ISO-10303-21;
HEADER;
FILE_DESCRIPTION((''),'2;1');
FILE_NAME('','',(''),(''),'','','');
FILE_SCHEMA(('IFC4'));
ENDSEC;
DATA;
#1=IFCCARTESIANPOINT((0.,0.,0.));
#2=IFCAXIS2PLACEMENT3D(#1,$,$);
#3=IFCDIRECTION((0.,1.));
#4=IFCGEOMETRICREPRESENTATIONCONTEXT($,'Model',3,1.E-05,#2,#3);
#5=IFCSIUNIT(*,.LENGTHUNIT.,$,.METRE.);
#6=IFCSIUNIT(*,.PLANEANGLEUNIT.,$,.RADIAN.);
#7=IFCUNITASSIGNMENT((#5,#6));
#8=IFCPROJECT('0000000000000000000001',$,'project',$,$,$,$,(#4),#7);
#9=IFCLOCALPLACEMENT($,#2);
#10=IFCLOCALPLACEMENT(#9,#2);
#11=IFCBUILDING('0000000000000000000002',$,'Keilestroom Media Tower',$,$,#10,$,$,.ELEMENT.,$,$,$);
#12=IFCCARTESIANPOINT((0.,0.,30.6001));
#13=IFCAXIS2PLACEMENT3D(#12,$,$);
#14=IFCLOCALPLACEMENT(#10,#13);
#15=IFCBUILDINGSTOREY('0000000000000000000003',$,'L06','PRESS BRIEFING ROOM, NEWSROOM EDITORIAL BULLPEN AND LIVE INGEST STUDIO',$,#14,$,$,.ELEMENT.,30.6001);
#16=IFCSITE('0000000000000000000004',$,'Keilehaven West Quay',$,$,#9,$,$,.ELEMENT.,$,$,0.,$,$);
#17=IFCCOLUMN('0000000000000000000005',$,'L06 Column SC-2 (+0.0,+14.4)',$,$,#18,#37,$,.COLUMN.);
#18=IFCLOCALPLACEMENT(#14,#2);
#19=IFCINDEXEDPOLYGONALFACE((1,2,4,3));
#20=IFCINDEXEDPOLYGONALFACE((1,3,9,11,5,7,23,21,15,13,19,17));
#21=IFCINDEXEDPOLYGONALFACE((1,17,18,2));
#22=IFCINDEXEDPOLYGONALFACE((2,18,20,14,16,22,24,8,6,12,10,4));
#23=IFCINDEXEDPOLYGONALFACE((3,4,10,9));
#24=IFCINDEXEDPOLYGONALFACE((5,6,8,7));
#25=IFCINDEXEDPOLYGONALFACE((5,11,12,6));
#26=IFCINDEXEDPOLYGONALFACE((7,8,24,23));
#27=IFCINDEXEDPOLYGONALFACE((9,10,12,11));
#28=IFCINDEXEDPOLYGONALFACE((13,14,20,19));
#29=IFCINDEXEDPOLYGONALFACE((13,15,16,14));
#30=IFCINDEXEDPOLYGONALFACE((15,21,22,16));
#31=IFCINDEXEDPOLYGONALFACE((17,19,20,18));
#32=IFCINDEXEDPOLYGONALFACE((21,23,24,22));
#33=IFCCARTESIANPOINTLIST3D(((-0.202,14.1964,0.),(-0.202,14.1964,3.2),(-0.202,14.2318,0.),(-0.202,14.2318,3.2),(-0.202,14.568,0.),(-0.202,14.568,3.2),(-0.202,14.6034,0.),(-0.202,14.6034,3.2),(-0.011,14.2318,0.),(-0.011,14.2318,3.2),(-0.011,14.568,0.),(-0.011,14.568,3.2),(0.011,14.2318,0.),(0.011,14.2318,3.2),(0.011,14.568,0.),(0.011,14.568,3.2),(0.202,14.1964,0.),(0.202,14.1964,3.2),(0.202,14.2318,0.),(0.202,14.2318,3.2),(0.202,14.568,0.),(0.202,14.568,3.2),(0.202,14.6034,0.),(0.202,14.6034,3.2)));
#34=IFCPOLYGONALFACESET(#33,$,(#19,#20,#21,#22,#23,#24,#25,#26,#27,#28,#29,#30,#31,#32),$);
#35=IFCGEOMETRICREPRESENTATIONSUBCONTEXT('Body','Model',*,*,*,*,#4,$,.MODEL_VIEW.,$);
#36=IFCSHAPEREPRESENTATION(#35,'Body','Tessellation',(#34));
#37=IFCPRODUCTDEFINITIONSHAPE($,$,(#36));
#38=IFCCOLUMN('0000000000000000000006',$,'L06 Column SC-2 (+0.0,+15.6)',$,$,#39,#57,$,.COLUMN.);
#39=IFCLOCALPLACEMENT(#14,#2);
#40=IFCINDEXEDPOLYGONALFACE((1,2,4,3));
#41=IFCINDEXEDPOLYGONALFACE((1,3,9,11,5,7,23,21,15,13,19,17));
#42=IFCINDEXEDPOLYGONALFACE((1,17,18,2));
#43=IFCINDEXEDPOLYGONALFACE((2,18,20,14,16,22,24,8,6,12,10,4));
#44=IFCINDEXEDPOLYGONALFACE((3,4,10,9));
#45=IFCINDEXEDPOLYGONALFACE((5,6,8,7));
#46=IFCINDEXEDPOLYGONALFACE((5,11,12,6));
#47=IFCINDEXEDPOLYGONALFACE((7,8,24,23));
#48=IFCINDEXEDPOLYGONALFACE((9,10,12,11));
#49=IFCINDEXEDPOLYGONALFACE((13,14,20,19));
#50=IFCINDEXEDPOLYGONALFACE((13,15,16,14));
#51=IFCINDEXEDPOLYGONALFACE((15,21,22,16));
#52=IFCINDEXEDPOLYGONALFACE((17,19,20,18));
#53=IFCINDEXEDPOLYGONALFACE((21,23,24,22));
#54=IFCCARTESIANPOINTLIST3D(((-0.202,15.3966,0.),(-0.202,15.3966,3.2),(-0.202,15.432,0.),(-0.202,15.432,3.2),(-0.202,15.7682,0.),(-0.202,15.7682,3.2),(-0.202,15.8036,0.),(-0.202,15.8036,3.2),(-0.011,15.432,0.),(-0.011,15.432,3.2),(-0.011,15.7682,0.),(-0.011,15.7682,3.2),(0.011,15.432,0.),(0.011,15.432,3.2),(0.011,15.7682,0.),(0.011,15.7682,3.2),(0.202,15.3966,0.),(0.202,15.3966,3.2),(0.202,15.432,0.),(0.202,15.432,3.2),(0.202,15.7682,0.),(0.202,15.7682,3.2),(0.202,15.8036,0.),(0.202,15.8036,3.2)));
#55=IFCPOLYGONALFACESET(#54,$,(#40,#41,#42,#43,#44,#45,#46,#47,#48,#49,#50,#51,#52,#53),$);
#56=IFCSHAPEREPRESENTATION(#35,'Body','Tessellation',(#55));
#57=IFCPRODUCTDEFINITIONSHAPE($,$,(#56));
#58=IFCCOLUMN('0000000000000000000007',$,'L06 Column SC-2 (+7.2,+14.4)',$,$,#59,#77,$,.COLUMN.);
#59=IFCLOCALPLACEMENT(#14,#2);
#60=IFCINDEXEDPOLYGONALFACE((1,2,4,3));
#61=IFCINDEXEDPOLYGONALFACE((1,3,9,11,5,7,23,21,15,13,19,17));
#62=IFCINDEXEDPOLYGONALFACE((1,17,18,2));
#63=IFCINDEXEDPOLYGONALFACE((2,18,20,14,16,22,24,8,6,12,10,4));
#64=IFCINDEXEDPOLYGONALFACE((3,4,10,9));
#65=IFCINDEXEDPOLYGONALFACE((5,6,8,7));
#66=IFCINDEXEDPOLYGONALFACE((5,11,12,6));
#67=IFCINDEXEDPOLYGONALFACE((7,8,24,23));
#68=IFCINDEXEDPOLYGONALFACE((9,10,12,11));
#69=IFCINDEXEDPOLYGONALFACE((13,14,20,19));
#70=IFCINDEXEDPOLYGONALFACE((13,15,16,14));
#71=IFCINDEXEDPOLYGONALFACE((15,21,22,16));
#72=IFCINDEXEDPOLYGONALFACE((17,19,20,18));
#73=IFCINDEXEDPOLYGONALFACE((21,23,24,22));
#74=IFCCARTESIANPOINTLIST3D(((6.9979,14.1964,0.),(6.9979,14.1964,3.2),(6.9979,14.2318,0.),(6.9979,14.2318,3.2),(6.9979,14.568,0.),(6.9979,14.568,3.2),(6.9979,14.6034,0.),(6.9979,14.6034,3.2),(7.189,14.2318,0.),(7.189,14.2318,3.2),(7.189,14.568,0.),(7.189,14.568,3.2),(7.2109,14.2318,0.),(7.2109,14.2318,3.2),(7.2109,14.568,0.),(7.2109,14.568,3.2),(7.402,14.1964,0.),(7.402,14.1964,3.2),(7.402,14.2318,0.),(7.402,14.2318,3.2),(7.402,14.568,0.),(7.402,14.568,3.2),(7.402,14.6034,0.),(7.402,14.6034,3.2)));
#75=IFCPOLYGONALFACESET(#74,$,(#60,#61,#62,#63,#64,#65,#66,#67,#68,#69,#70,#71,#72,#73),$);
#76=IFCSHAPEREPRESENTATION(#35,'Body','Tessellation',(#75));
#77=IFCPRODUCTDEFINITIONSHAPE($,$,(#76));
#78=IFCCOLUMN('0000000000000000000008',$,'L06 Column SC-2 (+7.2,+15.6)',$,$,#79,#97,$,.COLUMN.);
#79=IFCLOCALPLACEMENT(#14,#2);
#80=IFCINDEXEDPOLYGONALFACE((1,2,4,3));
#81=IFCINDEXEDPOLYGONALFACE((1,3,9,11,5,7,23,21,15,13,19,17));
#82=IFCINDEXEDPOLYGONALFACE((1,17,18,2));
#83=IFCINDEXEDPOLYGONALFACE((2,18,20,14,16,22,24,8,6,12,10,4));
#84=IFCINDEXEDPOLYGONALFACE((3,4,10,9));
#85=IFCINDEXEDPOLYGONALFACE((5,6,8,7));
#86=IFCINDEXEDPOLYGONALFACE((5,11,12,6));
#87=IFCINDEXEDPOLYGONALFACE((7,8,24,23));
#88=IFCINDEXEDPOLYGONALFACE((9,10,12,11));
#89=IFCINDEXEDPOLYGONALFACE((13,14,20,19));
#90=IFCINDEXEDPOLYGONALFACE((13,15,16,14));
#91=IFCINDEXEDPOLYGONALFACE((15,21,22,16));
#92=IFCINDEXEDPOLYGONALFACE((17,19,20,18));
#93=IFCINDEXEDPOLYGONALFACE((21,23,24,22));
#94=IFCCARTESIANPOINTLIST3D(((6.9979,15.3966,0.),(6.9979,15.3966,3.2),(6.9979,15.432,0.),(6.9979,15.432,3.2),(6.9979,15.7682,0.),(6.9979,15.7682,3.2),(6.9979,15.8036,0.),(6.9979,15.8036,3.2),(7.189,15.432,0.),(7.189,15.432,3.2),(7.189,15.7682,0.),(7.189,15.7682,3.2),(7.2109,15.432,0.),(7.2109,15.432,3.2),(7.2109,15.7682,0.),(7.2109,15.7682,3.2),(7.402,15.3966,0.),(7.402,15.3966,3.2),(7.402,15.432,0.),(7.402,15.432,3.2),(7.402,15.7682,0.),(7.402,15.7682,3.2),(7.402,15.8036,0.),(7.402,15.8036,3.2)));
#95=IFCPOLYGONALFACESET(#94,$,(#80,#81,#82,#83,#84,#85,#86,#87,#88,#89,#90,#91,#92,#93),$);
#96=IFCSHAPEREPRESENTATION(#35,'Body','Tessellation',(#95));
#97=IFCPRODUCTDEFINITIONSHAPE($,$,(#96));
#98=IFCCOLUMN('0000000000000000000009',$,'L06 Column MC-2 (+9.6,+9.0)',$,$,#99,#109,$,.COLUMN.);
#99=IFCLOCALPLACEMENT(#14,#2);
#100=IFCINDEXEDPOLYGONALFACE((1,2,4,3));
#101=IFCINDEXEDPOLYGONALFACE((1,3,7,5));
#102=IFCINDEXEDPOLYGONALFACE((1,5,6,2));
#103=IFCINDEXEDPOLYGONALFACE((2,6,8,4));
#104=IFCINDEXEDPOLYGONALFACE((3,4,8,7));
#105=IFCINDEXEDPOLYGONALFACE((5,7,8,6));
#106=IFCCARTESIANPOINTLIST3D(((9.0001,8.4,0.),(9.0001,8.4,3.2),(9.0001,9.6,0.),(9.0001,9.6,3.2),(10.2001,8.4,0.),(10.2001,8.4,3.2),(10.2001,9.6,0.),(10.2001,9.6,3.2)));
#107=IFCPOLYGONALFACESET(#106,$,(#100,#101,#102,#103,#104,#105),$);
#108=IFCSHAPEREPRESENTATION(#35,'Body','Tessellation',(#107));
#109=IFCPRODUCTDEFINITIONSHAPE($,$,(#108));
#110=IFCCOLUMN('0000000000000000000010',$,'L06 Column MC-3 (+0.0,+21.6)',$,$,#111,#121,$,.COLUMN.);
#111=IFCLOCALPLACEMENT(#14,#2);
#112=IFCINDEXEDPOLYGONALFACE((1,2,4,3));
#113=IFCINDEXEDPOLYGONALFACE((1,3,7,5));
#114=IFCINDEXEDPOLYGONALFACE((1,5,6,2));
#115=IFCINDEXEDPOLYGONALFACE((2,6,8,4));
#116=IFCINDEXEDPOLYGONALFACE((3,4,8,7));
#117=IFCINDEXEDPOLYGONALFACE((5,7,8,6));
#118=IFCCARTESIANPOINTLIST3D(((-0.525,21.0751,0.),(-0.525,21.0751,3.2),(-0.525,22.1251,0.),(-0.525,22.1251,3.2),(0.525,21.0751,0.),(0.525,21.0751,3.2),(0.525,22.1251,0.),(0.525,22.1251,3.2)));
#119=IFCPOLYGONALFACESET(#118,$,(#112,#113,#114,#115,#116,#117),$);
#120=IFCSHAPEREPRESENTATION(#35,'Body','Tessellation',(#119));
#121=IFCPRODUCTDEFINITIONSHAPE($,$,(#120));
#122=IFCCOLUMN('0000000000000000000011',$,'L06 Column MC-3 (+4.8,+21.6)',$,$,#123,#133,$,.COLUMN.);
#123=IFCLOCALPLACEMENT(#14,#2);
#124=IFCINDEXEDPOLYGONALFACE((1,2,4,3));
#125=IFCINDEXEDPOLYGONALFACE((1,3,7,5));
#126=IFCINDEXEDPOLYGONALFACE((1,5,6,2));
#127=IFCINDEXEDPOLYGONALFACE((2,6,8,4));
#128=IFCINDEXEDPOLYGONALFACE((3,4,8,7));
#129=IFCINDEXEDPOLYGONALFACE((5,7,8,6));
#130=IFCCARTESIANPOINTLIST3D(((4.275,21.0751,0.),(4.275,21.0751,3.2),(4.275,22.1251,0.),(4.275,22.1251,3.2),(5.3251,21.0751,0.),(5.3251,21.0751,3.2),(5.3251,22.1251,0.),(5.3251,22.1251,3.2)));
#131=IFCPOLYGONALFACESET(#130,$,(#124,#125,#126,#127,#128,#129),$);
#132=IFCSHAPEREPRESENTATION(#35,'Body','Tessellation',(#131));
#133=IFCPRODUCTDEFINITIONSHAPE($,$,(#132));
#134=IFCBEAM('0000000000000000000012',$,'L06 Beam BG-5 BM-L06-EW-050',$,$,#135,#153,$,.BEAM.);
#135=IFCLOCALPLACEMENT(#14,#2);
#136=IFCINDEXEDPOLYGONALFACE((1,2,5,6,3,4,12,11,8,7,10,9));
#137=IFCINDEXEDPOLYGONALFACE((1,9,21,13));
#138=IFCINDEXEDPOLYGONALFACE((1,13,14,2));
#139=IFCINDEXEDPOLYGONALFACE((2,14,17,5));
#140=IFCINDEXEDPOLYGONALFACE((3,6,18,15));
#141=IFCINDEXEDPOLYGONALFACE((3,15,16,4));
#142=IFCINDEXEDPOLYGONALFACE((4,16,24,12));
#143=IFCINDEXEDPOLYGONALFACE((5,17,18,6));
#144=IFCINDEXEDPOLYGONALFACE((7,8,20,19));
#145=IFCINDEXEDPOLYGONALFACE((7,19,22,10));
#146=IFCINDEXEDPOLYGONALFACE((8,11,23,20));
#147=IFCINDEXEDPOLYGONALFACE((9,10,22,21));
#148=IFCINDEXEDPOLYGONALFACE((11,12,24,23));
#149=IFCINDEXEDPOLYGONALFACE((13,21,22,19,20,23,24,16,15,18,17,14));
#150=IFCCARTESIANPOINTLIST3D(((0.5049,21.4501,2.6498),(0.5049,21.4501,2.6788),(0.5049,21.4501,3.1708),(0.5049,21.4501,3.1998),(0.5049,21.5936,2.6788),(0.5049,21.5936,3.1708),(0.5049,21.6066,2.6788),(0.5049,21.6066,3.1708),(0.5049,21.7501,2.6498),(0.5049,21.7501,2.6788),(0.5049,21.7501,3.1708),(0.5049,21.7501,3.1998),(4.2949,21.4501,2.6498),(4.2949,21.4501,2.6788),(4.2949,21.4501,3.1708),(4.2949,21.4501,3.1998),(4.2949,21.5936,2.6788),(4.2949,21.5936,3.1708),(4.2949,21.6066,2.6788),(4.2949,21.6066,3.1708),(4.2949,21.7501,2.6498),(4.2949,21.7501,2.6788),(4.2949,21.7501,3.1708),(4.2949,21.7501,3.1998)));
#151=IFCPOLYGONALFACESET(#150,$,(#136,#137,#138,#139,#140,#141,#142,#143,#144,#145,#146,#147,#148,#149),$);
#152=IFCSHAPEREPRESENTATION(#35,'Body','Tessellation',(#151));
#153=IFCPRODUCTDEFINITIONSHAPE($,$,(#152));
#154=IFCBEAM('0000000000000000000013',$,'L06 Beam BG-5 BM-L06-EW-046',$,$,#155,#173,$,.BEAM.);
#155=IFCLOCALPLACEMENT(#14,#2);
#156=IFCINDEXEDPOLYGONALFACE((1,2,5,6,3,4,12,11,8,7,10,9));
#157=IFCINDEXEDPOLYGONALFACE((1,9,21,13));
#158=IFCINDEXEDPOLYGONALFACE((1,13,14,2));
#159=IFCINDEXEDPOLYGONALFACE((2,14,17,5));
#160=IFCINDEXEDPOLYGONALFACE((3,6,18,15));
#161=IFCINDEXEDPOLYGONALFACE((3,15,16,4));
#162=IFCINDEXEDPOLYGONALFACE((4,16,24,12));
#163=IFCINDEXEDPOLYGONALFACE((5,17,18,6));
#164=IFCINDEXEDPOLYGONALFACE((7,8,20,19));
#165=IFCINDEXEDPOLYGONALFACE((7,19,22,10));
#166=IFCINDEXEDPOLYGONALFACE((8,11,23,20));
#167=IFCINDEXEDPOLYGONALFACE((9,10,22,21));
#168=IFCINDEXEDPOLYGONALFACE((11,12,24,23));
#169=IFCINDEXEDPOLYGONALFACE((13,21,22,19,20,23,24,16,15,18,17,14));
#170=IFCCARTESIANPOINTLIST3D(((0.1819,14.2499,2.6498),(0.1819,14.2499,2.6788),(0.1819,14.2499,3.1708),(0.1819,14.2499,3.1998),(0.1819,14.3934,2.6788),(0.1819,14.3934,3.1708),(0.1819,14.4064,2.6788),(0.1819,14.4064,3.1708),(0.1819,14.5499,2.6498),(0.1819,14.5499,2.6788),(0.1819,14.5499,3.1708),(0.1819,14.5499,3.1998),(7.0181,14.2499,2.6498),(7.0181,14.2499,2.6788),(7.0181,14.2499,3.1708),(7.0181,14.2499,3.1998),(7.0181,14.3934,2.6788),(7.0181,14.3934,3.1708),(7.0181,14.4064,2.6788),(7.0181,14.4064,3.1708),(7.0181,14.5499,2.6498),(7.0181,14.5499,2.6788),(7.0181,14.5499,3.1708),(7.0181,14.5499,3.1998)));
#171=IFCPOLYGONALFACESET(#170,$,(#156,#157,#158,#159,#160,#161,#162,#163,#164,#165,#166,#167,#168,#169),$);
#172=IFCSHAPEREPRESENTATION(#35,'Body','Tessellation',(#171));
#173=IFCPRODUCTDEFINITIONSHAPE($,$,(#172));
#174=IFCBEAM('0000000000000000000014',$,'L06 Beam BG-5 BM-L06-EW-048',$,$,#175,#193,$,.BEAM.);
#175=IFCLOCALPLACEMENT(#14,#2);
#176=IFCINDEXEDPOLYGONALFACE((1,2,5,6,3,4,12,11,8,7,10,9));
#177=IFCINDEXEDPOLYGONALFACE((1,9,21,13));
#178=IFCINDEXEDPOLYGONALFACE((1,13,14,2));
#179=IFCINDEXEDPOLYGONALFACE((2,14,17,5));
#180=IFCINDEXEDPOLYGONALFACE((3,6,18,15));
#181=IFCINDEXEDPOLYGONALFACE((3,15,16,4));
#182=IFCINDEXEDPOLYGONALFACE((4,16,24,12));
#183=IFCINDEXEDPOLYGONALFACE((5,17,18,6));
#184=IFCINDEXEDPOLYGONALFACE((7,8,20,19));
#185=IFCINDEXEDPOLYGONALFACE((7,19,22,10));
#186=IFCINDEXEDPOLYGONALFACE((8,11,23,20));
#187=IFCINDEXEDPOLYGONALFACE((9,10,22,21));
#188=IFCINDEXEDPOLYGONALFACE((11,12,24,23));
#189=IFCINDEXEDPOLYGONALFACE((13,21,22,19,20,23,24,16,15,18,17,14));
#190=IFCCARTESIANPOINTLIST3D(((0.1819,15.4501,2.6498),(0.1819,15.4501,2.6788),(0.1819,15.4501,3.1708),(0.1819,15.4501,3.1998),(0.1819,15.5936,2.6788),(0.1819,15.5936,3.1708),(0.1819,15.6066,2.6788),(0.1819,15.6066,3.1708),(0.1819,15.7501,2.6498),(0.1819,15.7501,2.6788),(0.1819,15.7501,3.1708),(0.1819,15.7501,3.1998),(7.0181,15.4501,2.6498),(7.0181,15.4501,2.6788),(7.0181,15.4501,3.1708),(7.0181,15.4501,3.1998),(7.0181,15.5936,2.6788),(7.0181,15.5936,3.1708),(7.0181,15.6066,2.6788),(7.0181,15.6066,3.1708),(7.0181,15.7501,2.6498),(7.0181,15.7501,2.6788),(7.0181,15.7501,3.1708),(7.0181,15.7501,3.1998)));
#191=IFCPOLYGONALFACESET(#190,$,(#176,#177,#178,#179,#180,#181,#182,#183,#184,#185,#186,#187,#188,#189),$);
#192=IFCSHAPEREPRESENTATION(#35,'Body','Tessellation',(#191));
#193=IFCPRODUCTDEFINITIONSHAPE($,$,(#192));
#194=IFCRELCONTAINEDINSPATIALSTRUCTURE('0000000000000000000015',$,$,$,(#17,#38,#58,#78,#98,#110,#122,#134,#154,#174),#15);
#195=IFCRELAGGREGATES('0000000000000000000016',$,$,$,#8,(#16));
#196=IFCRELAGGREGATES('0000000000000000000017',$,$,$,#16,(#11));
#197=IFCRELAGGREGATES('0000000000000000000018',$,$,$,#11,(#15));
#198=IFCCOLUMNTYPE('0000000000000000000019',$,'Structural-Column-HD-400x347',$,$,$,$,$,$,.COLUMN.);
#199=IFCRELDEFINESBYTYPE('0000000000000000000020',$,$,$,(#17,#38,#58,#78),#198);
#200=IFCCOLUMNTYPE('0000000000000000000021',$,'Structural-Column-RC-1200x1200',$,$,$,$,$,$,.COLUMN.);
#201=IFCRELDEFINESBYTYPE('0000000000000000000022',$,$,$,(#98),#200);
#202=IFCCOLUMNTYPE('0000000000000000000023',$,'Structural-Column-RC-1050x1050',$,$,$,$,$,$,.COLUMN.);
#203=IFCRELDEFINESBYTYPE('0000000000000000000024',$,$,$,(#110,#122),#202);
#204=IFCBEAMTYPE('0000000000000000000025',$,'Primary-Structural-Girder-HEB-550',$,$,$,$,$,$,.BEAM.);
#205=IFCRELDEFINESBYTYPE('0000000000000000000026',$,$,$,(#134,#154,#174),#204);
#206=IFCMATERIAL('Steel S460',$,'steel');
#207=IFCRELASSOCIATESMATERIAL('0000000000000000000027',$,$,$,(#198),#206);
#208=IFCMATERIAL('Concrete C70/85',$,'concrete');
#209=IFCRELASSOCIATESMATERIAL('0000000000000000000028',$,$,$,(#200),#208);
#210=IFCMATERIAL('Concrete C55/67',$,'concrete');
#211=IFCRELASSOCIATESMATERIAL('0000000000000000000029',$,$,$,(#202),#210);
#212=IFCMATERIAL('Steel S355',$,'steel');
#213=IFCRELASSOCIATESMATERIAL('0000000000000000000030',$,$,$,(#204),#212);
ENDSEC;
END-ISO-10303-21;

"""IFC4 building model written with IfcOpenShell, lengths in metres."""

from ifc_helpers import new_model, si_unit, direction, frame, origin, origin_2d, place, context, subcontext, project, spatial, rectangle, i_section, extrude, source, transform, mapped, material, material_profile, profile_set, type_object, element, save


model = new_model("IFC4")

# Units and contexts
model_context = context("Model", 3, precision=1e-05, world=origin(), true_north=direction((0.0, 1.0)))
body_context = subcontext(model_context, "Body", "Model", "MODEL_VIEW")
ifc_project = project(units=[si_unit("LENGTHUNIT", "METRE"), si_unit("PLANEANGLEUNIT", "RADIAN")], contexts=[model_context])

# Site, building, storey
site_placement = place(None, origin())
site = spatial("IfcSite", under=ifc_project, at=site_placement, Name="Keilehaven West Quay", CompositionType="ELEMENT", RefElevation=0.0)
building_placement = place(site_placement, origin())
building = spatial("IfcBuilding", under=site, at=building_placement, Name="Keilestroom Media Tower", CompositionType="ELEMENT")
storey_placement = place(building_placement, frame((0.0, 0.0, 30.6001)))
storey = spatial("IfcBuildingStorey", under=building, at=storey_placement, Name="L06", Description="PRESS BRIEFING ROOM, NEWSROOM EDITORIAL BULLPEN AND LIVE INGEST STUDIO", CompositionType="ELEMENT", Elevation=30.6001)

# Columns
ifc_material_1 = material(Name="Steel S460", Category="steel")
ifc_material_profile_1 = material_profile(ifc_material_1, i_section(OverallWidth=0.4041, OverallDepth=0.407, WebThickness=0.022, FlangeThickness=0.0354, at=origin_2d()), Name="HD 400x347")
ifc_profile_set_1 = profile_set([ifc_material_profile_1], Name="Steel S460")
column_type_1 = type_object("IfcColumnType", Name="Structural-Column-HD-400x347", PredefinedType="COLUMN", material=ifc_profile_set_1)
shared_shape_1 = source(origin(), body_context, "Body", "SweptSolid", [
    extrude(i_section(OverallWidth=0.4041, OverallDepth=0.407, WebThickness=0.022, FlangeThickness=0.0354, at=origin_2d()), origin(), (0.0, 0.0, 1.0), 3.2),
])
for number, where, z_axis, x_axis, name in (
    (1, (0.0, 14.3999, 0.0), (0.0, 0.0, 1.0), (1.0, 0.0, 0.0), "L06 Column SC-2 (+0.0,+14.4)"),
    (2, (0.0, 15.6001, 0.0), (0.0, 0.0, 1.0), (1.0, 0.0, 0.0), "L06 Column SC-2 (+0.0,+15.6)"),
    (3, (7.2, 14.3999, 0.0), (0.0, 0.0, 1.0), (1.0, 0.0, 0.0), "L06 Column SC-2 (+7.2,+14.4)"),
    (4, (7.2, 15.6001, 0.0), (0.0, 0.0, 1.0), (1.0, 0.0, 0.0), "L06 Column SC-2 (+7.2,+15.6)"),
):
    element("IfcColumn", number, at=place(storey_placement, frame(where, z_axis=z_axis, x_axis=x_axis)), inside=storey, type_object=column_type_1, Name=name, PredefinedType="COLUMN", context=body_context, shape_type="MappedRepresentation", body=[
        mapped(shared_shape_1, transform((0.0, 0.0, 0.0), x_axis=(1.0, 0.0, 0.0), y_axis=(0.0, 1.0, 0.0), z_axis=(0.0, 0.0, 1.0), scale=1.0)),
    ])
ifc_material_2 = material(Name="Concrete C70/85", Category="concrete")
ifc_material_profile_2 = material_profile(ifc_material_2, rectangle(XDim=1.2, YDim=1.2, at=origin_2d()), Name="RC 1200x1200")
ifc_profile_set_2 = profile_set([ifc_material_profile_2], Name="Concrete C70/85")
column_type_2 = type_object("IfcColumnType", Name="Structural-Column-RC-1200x1200", PredefinedType="COLUMN", material=ifc_profile_set_2)
shared_shape_2 = source(origin(), body_context, "Body", "SweptSolid", [
    extrude(rectangle(XDim=1.2, YDim=1.2, at=origin_2d()), origin(), (0.0, 0.0, 1.0), 3.2),
])
column_placement = place(storey_placement, frame((9.6001, 9.0, 0.0), z_axis=(0.0, 0.0, 1.0), x_axis=(1.0, 0.0, 0.0)))
element("IfcColumn", 5, at=column_placement, inside=storey, type_object=column_type_2, Name="L06 Column MC-2 (+9.6,+9.0)", PredefinedType="COLUMN", context=body_context, shape_type="MappedRepresentation", body=[
    mapped(shared_shape_2, transform((0.0, 0.0, 0.0), x_axis=(1.0, 0.0, 0.0), y_axis=(0.0, 1.0, 0.0), z_axis=(0.0, 0.0, 1.0), scale=1.0)),
])
ifc_material_3 = material(Name="Concrete C55/67", Category="concrete")
ifc_material_profile_3 = material_profile(ifc_material_3, rectangle(XDim=1.05, YDim=1.05, at=origin_2d()), Name="RC 1050x1050")
ifc_profile_set_3 = profile_set([ifc_material_profile_3], Name="Concrete C55/67")
column_type_3 = type_object("IfcColumnType", Name="Structural-Column-RC-1050x1050", PredefinedType="COLUMN", material=ifc_profile_set_3)
shared_shape_3 = source(origin(), body_context, "Body", "SweptSolid", [
    extrude(rectangle(XDim=1.05, YDim=1.05, at=origin_2d()), origin(), (0.0, 0.0, 1.0), 3.2),
])
for number, where, z_axis, x_axis, name in (
    (6, (0.0, 21.6001, 0.0), (0.0, 0.0, 1.0), (1.0, 0.0, 0.0), "L06 Column MC-3 (+0.0,+21.6)"),
    (7, (4.8, 21.6001, 0.0), (0.0, 0.0, 1.0), (1.0, 0.0, 0.0), "L06 Column MC-3 (+4.8,+21.6)"),
):
    element("IfcColumn", number, at=place(storey_placement, frame(where, z_axis=z_axis, x_axis=x_axis)), inside=storey, type_object=column_type_3, Name=name, PredefinedType="COLUMN", context=body_context, shape_type="MappedRepresentation", body=[
        mapped(shared_shape_3, transform((0.0, 0.0, 0.0), x_axis=(1.0, 0.0, 0.0), y_axis=(0.0, 1.0, 0.0), z_axis=(0.0, 0.0, 1.0), scale=1.0)),
    ])

# Beams
ifc_material_4 = material(Name="Steel S355", Category="steel")
ifc_material_profile_4 = material_profile(ifc_material_4, i_section(OverallWidth=0.3, OverallDepth=0.55, WebThickness=0.0129, FlangeThickness=0.0291, at=origin_2d()), Name="HEB 550")
ifc_profile_set_4 = profile_set([ifc_material_profile_4], Name="Steel S355")
beam_type_1 = type_object("IfcBeamType", Name="Primary-Structural-Girder-HEB-550", PredefinedType="BEAM", material=ifc_profile_set_4)
shared_shape_4 = source(origin(), body_context, "Body", "SweptSolid", [
    extrude(i_section(OverallWidth=0.3, OverallDepth=0.55, WebThickness=0.0129, FlangeThickness=0.0291, at=origin_2d()), origin(), (0.0, 0.0, 1.0), 3.79),
])
beam_1_placement = place(storey_placement, frame((0.5049, 21.6001, 2.9248), z_axis=(1.0, 0.0, 0.0), x_axis=(0.0, 1.0, 0.0)))
element("IfcBeam", 8, at=beam_1_placement, inside=storey, type_object=beam_type_1, Name="L06 Beam BG-5 BM-L06-EW-050", PredefinedType="BEAM", context=body_context, shape_type="MappedRepresentation", body=[
    mapped(shared_shape_4, transform((0.0, 0.0, 0.0), x_axis=(1.0, 0.0, 0.0), y_axis=(0.0, 1.0, 0.0), z_axis=(0.0, 0.0, 1.0), scale=1.0)),
])
shared_shape_5 = source(origin(), body_context, "Body", "SweptSolid", [
    extrude(i_section(OverallWidth=0.3, OverallDepth=0.55, WebThickness=0.0129, FlangeThickness=0.0291, at=origin_2d()), origin(), (0.0, 0.0, 1.0), 6.8362),
])
for number, where, z_axis, x_axis, name in (
    (9, (0.1819, 14.3999, 2.9248), (1.0, 0.0, 0.0), (0.0, 1.0, 0.0), "L06 Beam BG-5 BM-L06-EW-046"),
    (10, (0.1819, 15.6001, 2.9248), (1.0, 0.0, 0.0), (0.0, 1.0, 0.0), "L06 Beam BG-5 BM-L06-EW-048"),
):
    element("IfcBeam", number, at=place(storey_placement, frame(where, z_axis=z_axis, x_axis=x_axis)), inside=storey, type_object=beam_type_1, Name=name, PredefinedType="BEAM", context=body_context, shape_type="MappedRepresentation", body=[
        mapped(shared_shape_5, transform((0.0, 0.0, 0.0), x_axis=(1.0, 0.0, 0.0), y_axis=(0.0, 1.0, 0.0), z_axis=(0.0, 0.0, 1.0), scale=1.0)),
    ])

save(model, "model.ifc")
